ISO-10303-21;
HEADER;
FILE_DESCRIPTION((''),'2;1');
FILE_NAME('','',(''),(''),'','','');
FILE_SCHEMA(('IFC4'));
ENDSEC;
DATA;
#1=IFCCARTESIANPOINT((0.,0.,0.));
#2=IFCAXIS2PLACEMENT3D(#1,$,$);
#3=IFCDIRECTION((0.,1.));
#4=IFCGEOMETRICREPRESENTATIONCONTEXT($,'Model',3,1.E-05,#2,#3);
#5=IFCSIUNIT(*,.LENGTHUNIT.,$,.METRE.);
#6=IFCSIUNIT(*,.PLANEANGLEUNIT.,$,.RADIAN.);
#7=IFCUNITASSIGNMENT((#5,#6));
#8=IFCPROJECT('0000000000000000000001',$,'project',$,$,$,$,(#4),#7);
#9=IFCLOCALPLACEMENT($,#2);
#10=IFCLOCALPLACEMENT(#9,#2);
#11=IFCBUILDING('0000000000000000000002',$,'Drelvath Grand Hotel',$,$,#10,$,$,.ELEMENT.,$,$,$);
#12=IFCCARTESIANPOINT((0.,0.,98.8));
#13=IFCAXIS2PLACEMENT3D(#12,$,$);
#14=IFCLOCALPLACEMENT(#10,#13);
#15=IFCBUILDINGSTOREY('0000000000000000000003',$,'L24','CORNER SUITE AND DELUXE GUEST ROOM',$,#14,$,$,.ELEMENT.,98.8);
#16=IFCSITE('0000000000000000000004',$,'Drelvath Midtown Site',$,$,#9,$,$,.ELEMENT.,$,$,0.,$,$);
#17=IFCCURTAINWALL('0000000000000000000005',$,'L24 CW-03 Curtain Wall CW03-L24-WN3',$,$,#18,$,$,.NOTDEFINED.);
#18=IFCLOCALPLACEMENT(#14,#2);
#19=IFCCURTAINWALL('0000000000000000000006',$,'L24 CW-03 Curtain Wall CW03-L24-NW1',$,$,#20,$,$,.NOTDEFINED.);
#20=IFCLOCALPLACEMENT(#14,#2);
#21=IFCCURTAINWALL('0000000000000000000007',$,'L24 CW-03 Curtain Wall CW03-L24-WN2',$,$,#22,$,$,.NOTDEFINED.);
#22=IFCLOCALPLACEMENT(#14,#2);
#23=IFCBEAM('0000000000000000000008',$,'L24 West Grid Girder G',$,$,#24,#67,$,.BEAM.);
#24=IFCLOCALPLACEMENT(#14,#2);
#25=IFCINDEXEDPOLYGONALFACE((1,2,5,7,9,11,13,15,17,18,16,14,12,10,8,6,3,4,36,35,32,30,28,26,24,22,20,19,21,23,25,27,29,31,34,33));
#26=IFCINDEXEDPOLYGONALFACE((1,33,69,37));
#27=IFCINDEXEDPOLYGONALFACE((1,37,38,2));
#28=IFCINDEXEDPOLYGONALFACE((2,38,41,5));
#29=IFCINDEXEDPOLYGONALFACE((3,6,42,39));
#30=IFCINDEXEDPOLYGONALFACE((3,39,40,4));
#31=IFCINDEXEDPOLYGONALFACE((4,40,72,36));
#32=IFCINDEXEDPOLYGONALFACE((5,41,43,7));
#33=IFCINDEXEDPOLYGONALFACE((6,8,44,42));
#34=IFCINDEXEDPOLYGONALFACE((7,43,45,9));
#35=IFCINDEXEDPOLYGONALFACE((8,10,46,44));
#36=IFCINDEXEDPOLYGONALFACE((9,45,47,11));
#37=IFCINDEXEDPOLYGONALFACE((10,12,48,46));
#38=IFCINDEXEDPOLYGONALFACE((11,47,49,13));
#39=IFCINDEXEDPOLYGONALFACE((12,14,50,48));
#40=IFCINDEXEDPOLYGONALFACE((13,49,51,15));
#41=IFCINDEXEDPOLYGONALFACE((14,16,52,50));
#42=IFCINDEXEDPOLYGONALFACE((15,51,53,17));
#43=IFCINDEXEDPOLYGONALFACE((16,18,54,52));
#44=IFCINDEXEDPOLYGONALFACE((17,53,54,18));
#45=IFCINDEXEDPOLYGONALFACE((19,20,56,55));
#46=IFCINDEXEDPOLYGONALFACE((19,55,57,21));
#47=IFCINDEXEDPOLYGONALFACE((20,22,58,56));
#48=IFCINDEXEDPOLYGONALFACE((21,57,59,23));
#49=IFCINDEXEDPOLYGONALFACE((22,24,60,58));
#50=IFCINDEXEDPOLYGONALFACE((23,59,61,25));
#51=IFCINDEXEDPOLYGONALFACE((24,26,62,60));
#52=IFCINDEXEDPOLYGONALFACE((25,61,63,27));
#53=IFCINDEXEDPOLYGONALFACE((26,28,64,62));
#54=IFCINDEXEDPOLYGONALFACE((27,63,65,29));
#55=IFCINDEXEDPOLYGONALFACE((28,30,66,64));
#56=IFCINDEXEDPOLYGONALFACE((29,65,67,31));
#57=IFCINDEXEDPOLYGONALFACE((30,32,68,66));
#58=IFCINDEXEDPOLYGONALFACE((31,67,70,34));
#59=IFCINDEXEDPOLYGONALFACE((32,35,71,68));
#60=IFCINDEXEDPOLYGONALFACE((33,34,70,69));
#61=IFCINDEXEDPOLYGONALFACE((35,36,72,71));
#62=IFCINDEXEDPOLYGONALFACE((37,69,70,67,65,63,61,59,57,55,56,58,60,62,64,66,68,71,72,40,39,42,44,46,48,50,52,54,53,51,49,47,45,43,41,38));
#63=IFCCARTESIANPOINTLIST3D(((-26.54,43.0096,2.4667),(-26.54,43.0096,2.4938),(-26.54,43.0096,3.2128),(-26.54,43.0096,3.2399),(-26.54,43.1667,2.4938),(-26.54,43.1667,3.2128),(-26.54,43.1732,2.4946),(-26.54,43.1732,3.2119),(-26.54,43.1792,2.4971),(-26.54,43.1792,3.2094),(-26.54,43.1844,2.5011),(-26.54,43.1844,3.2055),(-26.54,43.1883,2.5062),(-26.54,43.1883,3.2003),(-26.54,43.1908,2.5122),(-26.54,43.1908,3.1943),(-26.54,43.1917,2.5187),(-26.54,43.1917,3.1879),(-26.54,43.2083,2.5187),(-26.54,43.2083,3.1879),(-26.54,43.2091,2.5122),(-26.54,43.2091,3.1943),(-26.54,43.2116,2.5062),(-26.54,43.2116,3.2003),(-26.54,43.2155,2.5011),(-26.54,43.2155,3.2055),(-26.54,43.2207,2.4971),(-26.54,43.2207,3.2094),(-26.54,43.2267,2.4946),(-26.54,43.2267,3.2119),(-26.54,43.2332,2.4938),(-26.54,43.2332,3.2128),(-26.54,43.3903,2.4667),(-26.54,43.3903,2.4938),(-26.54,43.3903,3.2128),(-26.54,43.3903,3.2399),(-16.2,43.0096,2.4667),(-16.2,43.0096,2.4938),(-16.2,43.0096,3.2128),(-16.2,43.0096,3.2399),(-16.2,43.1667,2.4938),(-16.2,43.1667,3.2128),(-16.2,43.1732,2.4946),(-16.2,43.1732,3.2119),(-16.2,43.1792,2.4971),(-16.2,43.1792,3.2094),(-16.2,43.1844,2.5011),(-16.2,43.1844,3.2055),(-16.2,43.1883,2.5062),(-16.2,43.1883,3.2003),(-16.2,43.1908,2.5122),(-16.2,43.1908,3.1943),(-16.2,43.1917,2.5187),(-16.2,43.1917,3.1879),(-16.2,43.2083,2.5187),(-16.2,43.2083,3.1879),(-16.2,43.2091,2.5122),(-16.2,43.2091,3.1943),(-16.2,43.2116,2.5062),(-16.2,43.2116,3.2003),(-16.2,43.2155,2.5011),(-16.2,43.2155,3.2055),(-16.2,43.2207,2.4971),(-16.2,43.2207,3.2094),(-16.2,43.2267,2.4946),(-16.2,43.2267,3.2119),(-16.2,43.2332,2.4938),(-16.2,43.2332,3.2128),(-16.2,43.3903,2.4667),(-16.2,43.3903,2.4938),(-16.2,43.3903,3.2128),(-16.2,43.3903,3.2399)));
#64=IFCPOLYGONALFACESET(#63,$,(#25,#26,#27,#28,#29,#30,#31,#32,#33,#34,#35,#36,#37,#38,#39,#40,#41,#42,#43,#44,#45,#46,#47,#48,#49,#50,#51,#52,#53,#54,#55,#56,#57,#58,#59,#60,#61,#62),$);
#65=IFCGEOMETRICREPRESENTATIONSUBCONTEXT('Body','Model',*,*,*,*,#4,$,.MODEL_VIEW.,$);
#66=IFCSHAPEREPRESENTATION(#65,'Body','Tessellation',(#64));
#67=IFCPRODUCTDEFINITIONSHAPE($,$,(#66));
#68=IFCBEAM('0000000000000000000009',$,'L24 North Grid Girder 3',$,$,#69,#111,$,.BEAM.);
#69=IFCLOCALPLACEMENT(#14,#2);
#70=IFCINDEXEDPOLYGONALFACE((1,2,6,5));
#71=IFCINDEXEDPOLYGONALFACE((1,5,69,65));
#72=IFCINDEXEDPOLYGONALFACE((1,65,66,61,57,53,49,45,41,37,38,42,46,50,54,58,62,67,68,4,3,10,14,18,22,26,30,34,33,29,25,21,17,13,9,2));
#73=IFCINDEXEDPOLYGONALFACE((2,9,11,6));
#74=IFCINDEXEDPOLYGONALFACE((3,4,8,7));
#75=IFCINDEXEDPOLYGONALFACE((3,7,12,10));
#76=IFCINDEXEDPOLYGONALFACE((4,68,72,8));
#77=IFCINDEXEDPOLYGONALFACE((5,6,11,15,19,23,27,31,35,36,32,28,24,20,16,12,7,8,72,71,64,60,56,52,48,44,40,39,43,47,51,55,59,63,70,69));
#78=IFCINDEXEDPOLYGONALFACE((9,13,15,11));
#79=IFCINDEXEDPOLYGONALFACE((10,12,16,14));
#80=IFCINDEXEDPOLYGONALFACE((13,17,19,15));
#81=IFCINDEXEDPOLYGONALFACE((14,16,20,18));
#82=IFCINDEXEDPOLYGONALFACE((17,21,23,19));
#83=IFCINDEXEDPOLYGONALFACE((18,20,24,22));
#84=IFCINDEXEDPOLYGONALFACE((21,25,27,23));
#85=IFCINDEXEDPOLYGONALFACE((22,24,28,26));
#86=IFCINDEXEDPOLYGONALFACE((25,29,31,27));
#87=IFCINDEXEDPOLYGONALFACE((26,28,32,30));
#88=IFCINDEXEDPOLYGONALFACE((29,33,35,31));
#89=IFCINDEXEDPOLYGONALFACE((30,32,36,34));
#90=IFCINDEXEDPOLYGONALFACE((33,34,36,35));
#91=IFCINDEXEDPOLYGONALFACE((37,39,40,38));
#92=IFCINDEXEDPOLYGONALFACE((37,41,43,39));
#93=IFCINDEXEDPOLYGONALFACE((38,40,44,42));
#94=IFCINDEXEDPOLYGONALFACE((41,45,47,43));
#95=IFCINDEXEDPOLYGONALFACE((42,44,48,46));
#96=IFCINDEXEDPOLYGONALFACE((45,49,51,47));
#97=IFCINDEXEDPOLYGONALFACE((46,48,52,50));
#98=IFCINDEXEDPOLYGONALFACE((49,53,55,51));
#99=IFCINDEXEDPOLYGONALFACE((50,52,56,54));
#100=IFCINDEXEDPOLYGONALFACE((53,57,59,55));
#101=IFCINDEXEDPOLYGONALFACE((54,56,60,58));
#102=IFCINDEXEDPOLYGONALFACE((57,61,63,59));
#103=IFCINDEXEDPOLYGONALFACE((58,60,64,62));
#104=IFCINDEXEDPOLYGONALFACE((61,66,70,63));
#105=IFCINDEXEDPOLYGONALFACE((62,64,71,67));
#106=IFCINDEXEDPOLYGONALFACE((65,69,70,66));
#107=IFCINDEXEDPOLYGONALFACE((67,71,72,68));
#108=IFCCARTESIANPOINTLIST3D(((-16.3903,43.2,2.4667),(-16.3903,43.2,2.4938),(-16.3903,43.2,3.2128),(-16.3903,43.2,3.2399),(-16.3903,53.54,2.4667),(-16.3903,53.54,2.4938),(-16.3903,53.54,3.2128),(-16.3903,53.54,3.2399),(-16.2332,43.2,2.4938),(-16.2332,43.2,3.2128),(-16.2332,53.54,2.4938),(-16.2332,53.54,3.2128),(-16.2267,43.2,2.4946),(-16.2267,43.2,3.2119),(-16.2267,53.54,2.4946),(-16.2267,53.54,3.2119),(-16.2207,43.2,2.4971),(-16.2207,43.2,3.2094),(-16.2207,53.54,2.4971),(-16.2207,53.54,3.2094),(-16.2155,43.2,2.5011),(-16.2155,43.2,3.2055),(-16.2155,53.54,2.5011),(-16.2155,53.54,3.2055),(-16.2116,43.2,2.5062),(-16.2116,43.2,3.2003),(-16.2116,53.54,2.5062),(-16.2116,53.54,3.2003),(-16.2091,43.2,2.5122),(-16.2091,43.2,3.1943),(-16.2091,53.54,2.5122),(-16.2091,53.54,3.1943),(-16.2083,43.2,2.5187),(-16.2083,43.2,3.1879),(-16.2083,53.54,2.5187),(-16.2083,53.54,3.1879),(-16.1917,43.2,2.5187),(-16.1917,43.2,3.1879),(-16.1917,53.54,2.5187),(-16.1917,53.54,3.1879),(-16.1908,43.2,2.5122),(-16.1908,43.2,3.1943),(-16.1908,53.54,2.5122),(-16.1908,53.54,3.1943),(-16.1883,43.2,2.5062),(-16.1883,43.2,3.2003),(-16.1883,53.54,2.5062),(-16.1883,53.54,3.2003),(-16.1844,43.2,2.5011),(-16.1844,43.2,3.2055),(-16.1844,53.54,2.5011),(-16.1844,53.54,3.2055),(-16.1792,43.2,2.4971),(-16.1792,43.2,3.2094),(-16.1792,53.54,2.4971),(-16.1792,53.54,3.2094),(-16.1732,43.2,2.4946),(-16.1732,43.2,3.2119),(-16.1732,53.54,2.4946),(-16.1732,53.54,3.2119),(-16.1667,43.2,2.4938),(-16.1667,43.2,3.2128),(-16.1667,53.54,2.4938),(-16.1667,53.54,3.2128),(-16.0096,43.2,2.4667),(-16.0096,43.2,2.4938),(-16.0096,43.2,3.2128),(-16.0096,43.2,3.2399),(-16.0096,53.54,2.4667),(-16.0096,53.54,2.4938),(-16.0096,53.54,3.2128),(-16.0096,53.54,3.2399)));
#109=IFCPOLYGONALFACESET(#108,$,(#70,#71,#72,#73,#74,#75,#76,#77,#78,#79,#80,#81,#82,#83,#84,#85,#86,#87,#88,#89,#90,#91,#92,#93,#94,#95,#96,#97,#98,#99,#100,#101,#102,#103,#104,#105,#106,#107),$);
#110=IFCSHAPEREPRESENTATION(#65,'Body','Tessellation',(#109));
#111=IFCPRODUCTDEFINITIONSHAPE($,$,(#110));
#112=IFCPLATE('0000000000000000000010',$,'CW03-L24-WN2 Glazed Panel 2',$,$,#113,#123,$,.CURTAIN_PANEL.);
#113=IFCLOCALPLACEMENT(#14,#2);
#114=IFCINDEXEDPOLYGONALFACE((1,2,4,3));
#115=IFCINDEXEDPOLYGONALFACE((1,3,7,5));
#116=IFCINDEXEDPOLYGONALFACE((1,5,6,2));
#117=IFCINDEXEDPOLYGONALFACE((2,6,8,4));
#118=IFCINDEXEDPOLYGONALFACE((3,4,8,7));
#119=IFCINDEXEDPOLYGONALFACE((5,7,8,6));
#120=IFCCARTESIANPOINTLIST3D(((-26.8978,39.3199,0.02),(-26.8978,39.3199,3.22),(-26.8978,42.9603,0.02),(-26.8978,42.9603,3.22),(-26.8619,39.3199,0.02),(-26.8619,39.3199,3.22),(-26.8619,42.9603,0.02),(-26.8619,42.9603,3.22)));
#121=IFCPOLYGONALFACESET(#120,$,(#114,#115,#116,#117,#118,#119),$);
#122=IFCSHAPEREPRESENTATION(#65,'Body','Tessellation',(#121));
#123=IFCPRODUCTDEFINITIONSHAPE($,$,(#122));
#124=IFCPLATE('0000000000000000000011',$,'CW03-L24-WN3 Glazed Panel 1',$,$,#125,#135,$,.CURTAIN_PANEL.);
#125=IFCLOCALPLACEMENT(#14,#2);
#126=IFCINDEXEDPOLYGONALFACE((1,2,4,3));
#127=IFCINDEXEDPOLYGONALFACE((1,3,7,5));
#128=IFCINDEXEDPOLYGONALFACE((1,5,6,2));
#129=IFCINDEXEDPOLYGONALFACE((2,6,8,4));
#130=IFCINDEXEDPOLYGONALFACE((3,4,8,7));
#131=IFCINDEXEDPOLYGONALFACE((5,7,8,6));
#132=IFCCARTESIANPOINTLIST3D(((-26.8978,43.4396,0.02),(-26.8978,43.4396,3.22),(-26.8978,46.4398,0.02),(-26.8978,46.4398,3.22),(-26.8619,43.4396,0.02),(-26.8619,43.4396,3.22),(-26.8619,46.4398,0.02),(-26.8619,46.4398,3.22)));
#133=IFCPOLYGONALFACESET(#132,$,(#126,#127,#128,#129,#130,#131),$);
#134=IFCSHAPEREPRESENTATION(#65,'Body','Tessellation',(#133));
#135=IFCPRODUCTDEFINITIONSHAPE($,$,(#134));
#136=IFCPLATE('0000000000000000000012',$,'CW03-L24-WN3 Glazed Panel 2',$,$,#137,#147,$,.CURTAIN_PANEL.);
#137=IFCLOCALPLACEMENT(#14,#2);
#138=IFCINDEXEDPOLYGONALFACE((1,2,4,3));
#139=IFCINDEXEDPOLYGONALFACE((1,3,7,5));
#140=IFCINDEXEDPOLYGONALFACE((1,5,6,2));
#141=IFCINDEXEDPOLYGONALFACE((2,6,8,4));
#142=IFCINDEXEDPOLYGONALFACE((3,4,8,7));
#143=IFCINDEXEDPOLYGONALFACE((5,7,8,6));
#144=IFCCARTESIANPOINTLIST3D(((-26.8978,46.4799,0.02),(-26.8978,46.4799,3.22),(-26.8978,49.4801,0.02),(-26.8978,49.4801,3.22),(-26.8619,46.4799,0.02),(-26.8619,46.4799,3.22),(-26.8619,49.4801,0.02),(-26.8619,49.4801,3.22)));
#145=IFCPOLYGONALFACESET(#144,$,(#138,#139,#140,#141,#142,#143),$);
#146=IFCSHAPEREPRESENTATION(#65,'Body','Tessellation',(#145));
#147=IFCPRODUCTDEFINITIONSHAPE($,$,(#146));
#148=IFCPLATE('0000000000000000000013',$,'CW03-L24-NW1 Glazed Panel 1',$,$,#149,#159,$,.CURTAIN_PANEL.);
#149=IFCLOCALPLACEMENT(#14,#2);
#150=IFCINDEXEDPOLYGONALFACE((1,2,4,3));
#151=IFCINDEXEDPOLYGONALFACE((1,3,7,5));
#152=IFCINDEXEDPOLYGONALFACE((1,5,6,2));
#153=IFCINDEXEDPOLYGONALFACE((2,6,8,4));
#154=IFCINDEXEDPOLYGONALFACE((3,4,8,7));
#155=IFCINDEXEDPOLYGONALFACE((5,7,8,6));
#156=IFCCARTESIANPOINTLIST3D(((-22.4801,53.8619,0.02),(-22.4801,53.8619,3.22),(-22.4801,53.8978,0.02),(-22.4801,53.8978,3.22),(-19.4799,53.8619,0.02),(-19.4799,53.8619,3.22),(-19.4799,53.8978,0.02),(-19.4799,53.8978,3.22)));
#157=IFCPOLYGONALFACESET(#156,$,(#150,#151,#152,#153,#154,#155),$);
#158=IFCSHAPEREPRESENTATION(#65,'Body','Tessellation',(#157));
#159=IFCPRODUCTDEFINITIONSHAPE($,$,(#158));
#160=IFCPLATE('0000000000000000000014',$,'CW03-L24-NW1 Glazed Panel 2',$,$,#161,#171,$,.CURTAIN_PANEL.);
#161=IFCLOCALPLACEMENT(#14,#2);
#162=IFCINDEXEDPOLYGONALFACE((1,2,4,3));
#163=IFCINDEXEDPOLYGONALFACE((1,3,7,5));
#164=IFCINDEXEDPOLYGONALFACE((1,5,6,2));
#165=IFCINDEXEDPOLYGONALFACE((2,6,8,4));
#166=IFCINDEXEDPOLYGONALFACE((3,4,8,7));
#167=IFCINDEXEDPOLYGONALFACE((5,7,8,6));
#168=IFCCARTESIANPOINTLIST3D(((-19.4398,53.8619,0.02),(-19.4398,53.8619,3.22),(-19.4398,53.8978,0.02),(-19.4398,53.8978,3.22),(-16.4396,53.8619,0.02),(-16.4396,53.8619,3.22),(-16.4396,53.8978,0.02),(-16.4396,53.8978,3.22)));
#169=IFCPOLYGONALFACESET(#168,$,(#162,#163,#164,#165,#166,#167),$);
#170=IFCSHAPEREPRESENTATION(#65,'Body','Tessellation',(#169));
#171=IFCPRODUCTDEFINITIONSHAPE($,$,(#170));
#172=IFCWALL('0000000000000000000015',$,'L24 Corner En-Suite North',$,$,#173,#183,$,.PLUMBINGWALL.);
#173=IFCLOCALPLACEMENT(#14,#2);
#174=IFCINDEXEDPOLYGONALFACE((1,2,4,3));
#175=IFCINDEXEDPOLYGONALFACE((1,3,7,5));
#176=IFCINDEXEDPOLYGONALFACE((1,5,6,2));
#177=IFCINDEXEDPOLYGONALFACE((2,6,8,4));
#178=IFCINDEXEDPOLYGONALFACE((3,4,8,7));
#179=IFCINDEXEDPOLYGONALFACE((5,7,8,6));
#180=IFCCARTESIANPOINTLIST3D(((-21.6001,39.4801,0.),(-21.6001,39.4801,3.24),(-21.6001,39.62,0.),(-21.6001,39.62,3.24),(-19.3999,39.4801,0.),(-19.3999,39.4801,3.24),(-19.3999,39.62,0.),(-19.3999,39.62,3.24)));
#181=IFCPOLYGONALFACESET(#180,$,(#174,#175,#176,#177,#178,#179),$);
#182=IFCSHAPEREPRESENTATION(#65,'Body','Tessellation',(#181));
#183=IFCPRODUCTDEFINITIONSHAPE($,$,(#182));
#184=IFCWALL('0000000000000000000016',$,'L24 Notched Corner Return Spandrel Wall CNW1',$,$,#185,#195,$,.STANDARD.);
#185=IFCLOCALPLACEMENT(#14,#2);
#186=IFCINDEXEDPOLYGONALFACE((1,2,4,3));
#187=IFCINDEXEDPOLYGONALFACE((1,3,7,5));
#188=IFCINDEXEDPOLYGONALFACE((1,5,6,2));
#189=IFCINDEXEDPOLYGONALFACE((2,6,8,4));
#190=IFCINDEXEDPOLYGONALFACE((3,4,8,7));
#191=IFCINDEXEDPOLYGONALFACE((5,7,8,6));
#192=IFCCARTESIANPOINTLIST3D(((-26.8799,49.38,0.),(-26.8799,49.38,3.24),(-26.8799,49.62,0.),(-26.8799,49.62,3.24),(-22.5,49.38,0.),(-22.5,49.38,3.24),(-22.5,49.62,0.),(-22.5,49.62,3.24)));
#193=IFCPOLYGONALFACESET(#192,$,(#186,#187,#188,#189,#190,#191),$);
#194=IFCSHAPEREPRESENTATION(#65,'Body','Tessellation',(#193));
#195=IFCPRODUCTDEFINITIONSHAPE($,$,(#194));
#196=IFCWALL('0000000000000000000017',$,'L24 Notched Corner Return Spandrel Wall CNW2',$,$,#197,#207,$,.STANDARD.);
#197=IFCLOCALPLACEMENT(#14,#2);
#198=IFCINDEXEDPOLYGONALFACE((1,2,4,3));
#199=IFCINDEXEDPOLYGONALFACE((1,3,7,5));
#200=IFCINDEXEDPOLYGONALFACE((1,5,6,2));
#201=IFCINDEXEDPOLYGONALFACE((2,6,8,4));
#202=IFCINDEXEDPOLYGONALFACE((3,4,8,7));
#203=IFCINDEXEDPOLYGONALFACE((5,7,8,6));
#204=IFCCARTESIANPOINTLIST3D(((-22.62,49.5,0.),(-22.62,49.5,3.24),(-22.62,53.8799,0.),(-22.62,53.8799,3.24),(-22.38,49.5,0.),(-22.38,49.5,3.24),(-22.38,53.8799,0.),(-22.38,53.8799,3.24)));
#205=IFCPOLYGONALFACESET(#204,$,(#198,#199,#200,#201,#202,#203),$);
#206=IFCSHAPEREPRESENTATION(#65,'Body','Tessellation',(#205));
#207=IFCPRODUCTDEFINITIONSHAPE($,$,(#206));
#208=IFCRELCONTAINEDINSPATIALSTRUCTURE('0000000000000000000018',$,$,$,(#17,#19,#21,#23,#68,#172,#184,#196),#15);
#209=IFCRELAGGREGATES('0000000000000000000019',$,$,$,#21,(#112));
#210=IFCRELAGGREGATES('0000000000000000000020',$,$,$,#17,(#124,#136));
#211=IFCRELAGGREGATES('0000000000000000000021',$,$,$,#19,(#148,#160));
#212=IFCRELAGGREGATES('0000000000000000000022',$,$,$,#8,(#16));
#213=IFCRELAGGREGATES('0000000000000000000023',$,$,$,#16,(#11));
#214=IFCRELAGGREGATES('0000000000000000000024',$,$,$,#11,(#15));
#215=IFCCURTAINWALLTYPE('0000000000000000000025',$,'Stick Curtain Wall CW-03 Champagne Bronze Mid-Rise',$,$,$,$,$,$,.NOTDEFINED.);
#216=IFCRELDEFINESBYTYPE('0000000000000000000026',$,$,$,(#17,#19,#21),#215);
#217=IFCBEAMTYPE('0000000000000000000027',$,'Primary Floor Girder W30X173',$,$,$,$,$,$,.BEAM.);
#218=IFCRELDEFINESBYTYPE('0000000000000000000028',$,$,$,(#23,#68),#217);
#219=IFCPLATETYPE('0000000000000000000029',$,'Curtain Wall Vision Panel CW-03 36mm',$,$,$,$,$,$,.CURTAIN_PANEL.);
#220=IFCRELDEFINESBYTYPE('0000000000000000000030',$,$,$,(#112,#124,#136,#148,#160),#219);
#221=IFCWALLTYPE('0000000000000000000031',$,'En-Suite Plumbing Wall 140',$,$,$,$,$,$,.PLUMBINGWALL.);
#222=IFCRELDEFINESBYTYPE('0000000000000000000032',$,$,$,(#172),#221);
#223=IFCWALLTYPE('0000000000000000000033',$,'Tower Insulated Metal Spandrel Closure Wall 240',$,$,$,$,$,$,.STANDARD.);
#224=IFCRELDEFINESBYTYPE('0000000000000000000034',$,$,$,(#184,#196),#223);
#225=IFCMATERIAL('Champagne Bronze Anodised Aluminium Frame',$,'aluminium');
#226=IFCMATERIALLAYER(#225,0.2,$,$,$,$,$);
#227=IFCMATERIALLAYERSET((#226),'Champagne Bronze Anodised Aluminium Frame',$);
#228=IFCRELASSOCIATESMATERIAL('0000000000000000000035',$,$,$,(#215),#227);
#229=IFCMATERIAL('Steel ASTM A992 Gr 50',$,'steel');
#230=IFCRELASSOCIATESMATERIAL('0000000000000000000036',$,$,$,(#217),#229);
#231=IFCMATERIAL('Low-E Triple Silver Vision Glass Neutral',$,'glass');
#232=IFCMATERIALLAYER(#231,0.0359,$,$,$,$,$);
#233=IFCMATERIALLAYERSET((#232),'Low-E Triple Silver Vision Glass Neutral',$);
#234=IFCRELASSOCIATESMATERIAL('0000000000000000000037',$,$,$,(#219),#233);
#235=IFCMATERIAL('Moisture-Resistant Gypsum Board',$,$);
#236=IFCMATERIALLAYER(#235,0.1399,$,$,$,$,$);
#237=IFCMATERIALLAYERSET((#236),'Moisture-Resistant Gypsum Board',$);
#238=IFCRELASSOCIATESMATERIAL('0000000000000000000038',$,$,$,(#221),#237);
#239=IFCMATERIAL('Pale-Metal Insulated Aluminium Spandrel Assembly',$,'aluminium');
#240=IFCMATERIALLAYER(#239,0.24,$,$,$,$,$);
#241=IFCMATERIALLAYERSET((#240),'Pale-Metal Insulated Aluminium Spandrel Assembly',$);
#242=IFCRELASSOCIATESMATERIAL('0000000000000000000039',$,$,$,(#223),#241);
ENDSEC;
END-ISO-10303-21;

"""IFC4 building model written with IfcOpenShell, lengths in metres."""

from ifc_helpers import new_model, si_unit, direction, frame, frame_2d, origin, origin_2d, place, context, subcontext, project, spatial, rectangle, i_section, extrude, material, layer, layer_set, material_profile, profile_set, type_object, element, aggregate, save


model = new_model("IFC4")

# Units and contexts
model_context = context("Model", 3, precision=1e-05, world=origin(), true_north=direction((0.0, 1.0)))
body_context = subcontext(model_context, "Body", "Model", "MODEL_VIEW")
ifc_project = project(units=[si_unit("LENGTHUNIT", "METRE"), si_unit("PLANEANGLEUNIT", "RADIAN")], contexts=[model_context])

# Site, building, storey
site_placement = place(None, origin())
site = spatial("IfcSite", under=ifc_project, at=site_placement, Name="Drelvath Midtown Site", CompositionType="ELEMENT", RefElevation=0.0)
building_placement = place(site_placement, origin())
building = spatial("IfcBuilding", under=site, at=building_placement, Name="Drelvath Grand Hotel", CompositionType="ELEMENT")
storey_placement = place(building_placement, frame((0.0, 0.0, 98.8)))
storey = spatial("IfcBuildingStorey", under=building, at=storey_placement, Name="L24", Description="CORNER SUITE AND DELUXE GUEST ROOM", CompositionType="ELEMENT", Elevation=98.8)

# Shared definitions
ifc_material_1 = material(Name="Steel ASTM A992 Gr 50", Category="steel")

# Curtain walls
ifc_material_2 = material(Name="Champagne Bronze Anodised Aluminium Frame", Category="aluminium")
ifc_layer_1 = layer(ifc_material_2, 0.2)
ifc_layer_set_1 = layer_set([ifc_layer_1], Name="Champagne Bronze Anodised Aluminium Frame")
curtain_wall_type = type_object("IfcCurtainWallType", Name="Stick Curtain Wall CW-03 Champagne Bronze Mid-Rise", PredefinedType="NOTDEFINED", material=ifc_layer_set_1)
curtain_wall_1_placement = place(storey_placement, origin())
curtain_wall_1 = element("IfcCurtainWall", 1, at=curtain_wall_1_placement, inside=storey, type_object=curtain_wall_type, Name="L24 CW-03 Curtain Wall CW03-L24-WN3", PredefinedType="NOTDEFINED")
curtain_wall_2_placement = place(storey_placement, origin())
curtain_wall_2 = element("IfcCurtainWall", 2, at=curtain_wall_2_placement, inside=storey, type_object=curtain_wall_type, Name="L24 CW-03 Curtain Wall CW03-L24-NW1", PredefinedType="NOTDEFINED")

# Curtain wall
curtain_wall_3_placement = place(storey_placement, origin())
curtain_wall_3 = element("IfcCurtainWall", 3, at=curtain_wall_3_placement, inside=storey, type_object=curtain_wall_type, Name="L24 CW-03 Curtain Wall CW03-L24-WN2", PredefinedType="NOTDEFINED")

# Beams
ifc_material_profile_1 = material_profile(ifc_material_1, i_section(OverallWidth=0.3806, OverallDepth=0.7732, WebThickness=0.0166, FlangeThickness=0.0271, FilletRadius=0.0249, at=origin_2d()), Name="W30X173")
ifc_profile_set_1 = profile_set([ifc_material_profile_1], Name="Steel ASTM A992 Gr 50")
beam_type_1 = type_object("IfcBeamType", Name="Primary Floor Girder W30X173", PredefinedType="BEAM", material=ifc_profile_set_1)
for number, where, z_axis, x_axis, name in (
    (4, (-26.54, 43.2, 2.8533), (1.0, 0.0, 0.0), (0.0, 1.0, 0.0), "L24 West Grid Girder G"),
    (5, (-16.2, 43.2, 2.8533), (0.0, 1.0, 0.0), (-1.0, 0.0, 0.0), "L24 North Grid Girder 3"),
):
    element("IfcBeam", number, at=place(storey_placement, frame(where, z_axis=z_axis, x_axis=x_axis)), inside=storey, type_object=beam_type_1, Name=name, PredefinedType="BEAM", context=body_context, shape_type="SweptSolid", body=[
        extrude(i_section(OverallWidth=0.3806, OverallDepth=0.7732, WebThickness=0.0166, FlangeThickness=0.0271, FilletRadius=0.0249, at=origin_2d()), origin(), (0.0, 0.0, 1.0), 10.3401),
    ])

# Plates
ifc_material_3 = material(Name="Low-E Triple Silver Vision Glass Neutral", Category="glass")
ifc_layer_2 = layer(ifc_material_3, 0.0359)
ifc_layer_set_2 = layer_set([ifc_layer_2], Name="Low-E Triple Silver Vision Glass Neutral")
plate_type = type_object("IfcPlateType", Name="Curtain Wall Vision Panel CW-03 36mm", PredefinedType="CURTAIN_PANEL", material=ifc_layer_set_2)
plate_1_placement = place(storey_placement, frame((-26.8799, 41.1401, 0.02), z_axis=(0.0, 0.0, 1.0), x_axis=(0.0, 1.0, 0.0)))
plate_1 = element("IfcPlate", 6, at=plate_1_placement, type_object=plate_type, Name="CW03-L24-WN2 Glazed Panel 2", PredefinedType="CURTAIN_PANEL", context=body_context, shape_type="SweptSolid", body=[
    extrude(rectangle(XDim=3.6404, YDim=0.0359, at=origin_2d()), origin(), (0.0, 0.0, 1.0), 3.2),
])
aggregate(curtain_wall_3, [plate_1])
plate_2_placement = place(storey_placement, frame((-26.8799, 44.9397, 0.02), z_axis=(0.0, 0.0, 1.0), x_axis=(0.0, 1.0, 0.0)))
plate_2 = element("IfcPlate", 7, at=plate_2_placement, type_object=plate_type, Name="CW03-L24-WN3 Glazed Panel 1", PredefinedType="CURTAIN_PANEL", context=body_context, shape_type="SweptSolid", body=[
    extrude(rectangle(XDim=3.0002, YDim=0.0359, at=origin_2d()), origin(), (0.0, 0.0, 1.0), 3.2),
])
plate_3_placement = place(storey_placement, frame((-26.8799, 47.98, 0.02), z_axis=(0.0, 0.0, 1.0), x_axis=(0.0, 1.0, 0.0)))
plate_3 = element("IfcPlate", 8, at=plate_3_placement, type_object=plate_type, Name="CW03-L24-WN3 Glazed Panel 2", PredefinedType="CURTAIN_PANEL", context=body_context, shape_type="SweptSolid", body=[
    extrude(rectangle(XDim=3.0002, YDim=0.0359, at=origin_2d()), origin(), (0.0, 0.0, 1.0), 3.2),
])
aggregate(curtain_wall_1, [plate_2, plate_3])
plate_4_placement = place(storey_placement, frame((-20.98, 53.8799, 0.02), z_axis=(0.0, 0.0, 1.0), x_axis=(1.0, 0.0, 0.0)))
plate_4 = element("IfcPlate", 9, at=plate_4_placement, type_object=plate_type, Name="CW03-L24-NW1 Glazed Panel 1", PredefinedType="CURTAIN_PANEL", context=body_context, shape_type="SweptSolid", body=[
    extrude(rectangle(XDim=3.0002, YDim=0.0359, at=origin_2d()), origin(), (0.0, 0.0, 1.0), 3.2),
])
plate_5_placement = place(storey_placement, frame((-17.9397, 53.8799, 0.02), z_axis=(0.0, 0.0, 1.0), x_axis=(1.0, 0.0, 0.0)))
plate_5 = element("IfcPlate", 10, at=plate_5_placement, type_object=plate_type, Name="CW03-L24-NW1 Glazed Panel 2", PredefinedType="CURTAIN_PANEL", context=body_context, shape_type="SweptSolid", body=[
    extrude(rectangle(XDim=3.0002, YDim=0.0359, at=origin_2d()), origin(), (0.0, 0.0, 1.0), 3.2),
])
aggregate(curtain_wall_2, [plate_4, plate_5])

# Walls
ifc_material_4 = material(Name="Moisture-Resistant Gypsum Board")
ifc_layer_3 = layer(ifc_material_4, 0.1399)
ifc_layer_set_3 = layer_set([ifc_layer_3], Name="Moisture-Resistant Gypsum Board")
wall_type_1 = type_object("IfcWallType", Name="En-Suite Plumbing Wall 140", PredefinedType="PLUMBINGWALL", material=ifc_layer_set_3)
wall_placement = place(storey_placement, frame((-21.6001, 39.55, 0.0), z_axis=(0.0, 0.0, 1.0), x_axis=(1.0, 0.0, 0.0)))
element("IfcWall", 11, at=wall_placement, inside=storey, type_object=wall_type_1, Name="L24 Corner En-Suite North", PredefinedType="PLUMBINGWALL", context=body_context, shape_type="SweptSolid", body=[
    extrude(rectangle(XDim=2.2002, YDim=0.1399, at=frame_2d((1.1001, 0.0))), origin(), (0.0, 0.0, 1.0), 3.24),
])
ifc_material_5 = material(Name="Pale-Metal Insulated Aluminium Spandrel Assembly", Category="aluminium")
ifc_layer_4 = layer(ifc_material_5, 0.24)
ifc_layer_set_4 = layer_set([ifc_layer_4], Name="Pale-Metal Insulated Aluminium Spandrel Assembly")
wall_type_2 = type_object("IfcWallType", Name="Tower Insulated Metal Spandrel Closure Wall 240", PredefinedType="STANDARD", material=ifc_layer_set_4)
for number, where, z_axis, x_axis, name in (
    (12, (-26.8799, 49.5, 0.0), (0.0, 0.0, 1.0), (1.0, 0.0, 0.0), "L24 Notched Corner Return Spandrel Wall CNW1"),
    (13, (-22.5, 49.5, 0.0), (0.0, 0.0, 1.0), (0.0, 1.0, 0.0), "L24 Notched Corner Return Spandrel Wall CNW2"),
):
    element("IfcWall", number, at=place(storey_placement, frame(where, z_axis=z_axis, x_axis=x_axis)), inside=storey, type_object=wall_type_2, Name=name, PredefinedType="STANDARD", context=body_context, shape_type="SweptSolid", body=[
        extrude(rectangle(XDim=4.3799, YDim=0.24, at=frame_2d((2.1899, 0.0))), origin(), (0.0, 0.0, 1.0), 3.24),
    ])

save(model, "model.ifc")
